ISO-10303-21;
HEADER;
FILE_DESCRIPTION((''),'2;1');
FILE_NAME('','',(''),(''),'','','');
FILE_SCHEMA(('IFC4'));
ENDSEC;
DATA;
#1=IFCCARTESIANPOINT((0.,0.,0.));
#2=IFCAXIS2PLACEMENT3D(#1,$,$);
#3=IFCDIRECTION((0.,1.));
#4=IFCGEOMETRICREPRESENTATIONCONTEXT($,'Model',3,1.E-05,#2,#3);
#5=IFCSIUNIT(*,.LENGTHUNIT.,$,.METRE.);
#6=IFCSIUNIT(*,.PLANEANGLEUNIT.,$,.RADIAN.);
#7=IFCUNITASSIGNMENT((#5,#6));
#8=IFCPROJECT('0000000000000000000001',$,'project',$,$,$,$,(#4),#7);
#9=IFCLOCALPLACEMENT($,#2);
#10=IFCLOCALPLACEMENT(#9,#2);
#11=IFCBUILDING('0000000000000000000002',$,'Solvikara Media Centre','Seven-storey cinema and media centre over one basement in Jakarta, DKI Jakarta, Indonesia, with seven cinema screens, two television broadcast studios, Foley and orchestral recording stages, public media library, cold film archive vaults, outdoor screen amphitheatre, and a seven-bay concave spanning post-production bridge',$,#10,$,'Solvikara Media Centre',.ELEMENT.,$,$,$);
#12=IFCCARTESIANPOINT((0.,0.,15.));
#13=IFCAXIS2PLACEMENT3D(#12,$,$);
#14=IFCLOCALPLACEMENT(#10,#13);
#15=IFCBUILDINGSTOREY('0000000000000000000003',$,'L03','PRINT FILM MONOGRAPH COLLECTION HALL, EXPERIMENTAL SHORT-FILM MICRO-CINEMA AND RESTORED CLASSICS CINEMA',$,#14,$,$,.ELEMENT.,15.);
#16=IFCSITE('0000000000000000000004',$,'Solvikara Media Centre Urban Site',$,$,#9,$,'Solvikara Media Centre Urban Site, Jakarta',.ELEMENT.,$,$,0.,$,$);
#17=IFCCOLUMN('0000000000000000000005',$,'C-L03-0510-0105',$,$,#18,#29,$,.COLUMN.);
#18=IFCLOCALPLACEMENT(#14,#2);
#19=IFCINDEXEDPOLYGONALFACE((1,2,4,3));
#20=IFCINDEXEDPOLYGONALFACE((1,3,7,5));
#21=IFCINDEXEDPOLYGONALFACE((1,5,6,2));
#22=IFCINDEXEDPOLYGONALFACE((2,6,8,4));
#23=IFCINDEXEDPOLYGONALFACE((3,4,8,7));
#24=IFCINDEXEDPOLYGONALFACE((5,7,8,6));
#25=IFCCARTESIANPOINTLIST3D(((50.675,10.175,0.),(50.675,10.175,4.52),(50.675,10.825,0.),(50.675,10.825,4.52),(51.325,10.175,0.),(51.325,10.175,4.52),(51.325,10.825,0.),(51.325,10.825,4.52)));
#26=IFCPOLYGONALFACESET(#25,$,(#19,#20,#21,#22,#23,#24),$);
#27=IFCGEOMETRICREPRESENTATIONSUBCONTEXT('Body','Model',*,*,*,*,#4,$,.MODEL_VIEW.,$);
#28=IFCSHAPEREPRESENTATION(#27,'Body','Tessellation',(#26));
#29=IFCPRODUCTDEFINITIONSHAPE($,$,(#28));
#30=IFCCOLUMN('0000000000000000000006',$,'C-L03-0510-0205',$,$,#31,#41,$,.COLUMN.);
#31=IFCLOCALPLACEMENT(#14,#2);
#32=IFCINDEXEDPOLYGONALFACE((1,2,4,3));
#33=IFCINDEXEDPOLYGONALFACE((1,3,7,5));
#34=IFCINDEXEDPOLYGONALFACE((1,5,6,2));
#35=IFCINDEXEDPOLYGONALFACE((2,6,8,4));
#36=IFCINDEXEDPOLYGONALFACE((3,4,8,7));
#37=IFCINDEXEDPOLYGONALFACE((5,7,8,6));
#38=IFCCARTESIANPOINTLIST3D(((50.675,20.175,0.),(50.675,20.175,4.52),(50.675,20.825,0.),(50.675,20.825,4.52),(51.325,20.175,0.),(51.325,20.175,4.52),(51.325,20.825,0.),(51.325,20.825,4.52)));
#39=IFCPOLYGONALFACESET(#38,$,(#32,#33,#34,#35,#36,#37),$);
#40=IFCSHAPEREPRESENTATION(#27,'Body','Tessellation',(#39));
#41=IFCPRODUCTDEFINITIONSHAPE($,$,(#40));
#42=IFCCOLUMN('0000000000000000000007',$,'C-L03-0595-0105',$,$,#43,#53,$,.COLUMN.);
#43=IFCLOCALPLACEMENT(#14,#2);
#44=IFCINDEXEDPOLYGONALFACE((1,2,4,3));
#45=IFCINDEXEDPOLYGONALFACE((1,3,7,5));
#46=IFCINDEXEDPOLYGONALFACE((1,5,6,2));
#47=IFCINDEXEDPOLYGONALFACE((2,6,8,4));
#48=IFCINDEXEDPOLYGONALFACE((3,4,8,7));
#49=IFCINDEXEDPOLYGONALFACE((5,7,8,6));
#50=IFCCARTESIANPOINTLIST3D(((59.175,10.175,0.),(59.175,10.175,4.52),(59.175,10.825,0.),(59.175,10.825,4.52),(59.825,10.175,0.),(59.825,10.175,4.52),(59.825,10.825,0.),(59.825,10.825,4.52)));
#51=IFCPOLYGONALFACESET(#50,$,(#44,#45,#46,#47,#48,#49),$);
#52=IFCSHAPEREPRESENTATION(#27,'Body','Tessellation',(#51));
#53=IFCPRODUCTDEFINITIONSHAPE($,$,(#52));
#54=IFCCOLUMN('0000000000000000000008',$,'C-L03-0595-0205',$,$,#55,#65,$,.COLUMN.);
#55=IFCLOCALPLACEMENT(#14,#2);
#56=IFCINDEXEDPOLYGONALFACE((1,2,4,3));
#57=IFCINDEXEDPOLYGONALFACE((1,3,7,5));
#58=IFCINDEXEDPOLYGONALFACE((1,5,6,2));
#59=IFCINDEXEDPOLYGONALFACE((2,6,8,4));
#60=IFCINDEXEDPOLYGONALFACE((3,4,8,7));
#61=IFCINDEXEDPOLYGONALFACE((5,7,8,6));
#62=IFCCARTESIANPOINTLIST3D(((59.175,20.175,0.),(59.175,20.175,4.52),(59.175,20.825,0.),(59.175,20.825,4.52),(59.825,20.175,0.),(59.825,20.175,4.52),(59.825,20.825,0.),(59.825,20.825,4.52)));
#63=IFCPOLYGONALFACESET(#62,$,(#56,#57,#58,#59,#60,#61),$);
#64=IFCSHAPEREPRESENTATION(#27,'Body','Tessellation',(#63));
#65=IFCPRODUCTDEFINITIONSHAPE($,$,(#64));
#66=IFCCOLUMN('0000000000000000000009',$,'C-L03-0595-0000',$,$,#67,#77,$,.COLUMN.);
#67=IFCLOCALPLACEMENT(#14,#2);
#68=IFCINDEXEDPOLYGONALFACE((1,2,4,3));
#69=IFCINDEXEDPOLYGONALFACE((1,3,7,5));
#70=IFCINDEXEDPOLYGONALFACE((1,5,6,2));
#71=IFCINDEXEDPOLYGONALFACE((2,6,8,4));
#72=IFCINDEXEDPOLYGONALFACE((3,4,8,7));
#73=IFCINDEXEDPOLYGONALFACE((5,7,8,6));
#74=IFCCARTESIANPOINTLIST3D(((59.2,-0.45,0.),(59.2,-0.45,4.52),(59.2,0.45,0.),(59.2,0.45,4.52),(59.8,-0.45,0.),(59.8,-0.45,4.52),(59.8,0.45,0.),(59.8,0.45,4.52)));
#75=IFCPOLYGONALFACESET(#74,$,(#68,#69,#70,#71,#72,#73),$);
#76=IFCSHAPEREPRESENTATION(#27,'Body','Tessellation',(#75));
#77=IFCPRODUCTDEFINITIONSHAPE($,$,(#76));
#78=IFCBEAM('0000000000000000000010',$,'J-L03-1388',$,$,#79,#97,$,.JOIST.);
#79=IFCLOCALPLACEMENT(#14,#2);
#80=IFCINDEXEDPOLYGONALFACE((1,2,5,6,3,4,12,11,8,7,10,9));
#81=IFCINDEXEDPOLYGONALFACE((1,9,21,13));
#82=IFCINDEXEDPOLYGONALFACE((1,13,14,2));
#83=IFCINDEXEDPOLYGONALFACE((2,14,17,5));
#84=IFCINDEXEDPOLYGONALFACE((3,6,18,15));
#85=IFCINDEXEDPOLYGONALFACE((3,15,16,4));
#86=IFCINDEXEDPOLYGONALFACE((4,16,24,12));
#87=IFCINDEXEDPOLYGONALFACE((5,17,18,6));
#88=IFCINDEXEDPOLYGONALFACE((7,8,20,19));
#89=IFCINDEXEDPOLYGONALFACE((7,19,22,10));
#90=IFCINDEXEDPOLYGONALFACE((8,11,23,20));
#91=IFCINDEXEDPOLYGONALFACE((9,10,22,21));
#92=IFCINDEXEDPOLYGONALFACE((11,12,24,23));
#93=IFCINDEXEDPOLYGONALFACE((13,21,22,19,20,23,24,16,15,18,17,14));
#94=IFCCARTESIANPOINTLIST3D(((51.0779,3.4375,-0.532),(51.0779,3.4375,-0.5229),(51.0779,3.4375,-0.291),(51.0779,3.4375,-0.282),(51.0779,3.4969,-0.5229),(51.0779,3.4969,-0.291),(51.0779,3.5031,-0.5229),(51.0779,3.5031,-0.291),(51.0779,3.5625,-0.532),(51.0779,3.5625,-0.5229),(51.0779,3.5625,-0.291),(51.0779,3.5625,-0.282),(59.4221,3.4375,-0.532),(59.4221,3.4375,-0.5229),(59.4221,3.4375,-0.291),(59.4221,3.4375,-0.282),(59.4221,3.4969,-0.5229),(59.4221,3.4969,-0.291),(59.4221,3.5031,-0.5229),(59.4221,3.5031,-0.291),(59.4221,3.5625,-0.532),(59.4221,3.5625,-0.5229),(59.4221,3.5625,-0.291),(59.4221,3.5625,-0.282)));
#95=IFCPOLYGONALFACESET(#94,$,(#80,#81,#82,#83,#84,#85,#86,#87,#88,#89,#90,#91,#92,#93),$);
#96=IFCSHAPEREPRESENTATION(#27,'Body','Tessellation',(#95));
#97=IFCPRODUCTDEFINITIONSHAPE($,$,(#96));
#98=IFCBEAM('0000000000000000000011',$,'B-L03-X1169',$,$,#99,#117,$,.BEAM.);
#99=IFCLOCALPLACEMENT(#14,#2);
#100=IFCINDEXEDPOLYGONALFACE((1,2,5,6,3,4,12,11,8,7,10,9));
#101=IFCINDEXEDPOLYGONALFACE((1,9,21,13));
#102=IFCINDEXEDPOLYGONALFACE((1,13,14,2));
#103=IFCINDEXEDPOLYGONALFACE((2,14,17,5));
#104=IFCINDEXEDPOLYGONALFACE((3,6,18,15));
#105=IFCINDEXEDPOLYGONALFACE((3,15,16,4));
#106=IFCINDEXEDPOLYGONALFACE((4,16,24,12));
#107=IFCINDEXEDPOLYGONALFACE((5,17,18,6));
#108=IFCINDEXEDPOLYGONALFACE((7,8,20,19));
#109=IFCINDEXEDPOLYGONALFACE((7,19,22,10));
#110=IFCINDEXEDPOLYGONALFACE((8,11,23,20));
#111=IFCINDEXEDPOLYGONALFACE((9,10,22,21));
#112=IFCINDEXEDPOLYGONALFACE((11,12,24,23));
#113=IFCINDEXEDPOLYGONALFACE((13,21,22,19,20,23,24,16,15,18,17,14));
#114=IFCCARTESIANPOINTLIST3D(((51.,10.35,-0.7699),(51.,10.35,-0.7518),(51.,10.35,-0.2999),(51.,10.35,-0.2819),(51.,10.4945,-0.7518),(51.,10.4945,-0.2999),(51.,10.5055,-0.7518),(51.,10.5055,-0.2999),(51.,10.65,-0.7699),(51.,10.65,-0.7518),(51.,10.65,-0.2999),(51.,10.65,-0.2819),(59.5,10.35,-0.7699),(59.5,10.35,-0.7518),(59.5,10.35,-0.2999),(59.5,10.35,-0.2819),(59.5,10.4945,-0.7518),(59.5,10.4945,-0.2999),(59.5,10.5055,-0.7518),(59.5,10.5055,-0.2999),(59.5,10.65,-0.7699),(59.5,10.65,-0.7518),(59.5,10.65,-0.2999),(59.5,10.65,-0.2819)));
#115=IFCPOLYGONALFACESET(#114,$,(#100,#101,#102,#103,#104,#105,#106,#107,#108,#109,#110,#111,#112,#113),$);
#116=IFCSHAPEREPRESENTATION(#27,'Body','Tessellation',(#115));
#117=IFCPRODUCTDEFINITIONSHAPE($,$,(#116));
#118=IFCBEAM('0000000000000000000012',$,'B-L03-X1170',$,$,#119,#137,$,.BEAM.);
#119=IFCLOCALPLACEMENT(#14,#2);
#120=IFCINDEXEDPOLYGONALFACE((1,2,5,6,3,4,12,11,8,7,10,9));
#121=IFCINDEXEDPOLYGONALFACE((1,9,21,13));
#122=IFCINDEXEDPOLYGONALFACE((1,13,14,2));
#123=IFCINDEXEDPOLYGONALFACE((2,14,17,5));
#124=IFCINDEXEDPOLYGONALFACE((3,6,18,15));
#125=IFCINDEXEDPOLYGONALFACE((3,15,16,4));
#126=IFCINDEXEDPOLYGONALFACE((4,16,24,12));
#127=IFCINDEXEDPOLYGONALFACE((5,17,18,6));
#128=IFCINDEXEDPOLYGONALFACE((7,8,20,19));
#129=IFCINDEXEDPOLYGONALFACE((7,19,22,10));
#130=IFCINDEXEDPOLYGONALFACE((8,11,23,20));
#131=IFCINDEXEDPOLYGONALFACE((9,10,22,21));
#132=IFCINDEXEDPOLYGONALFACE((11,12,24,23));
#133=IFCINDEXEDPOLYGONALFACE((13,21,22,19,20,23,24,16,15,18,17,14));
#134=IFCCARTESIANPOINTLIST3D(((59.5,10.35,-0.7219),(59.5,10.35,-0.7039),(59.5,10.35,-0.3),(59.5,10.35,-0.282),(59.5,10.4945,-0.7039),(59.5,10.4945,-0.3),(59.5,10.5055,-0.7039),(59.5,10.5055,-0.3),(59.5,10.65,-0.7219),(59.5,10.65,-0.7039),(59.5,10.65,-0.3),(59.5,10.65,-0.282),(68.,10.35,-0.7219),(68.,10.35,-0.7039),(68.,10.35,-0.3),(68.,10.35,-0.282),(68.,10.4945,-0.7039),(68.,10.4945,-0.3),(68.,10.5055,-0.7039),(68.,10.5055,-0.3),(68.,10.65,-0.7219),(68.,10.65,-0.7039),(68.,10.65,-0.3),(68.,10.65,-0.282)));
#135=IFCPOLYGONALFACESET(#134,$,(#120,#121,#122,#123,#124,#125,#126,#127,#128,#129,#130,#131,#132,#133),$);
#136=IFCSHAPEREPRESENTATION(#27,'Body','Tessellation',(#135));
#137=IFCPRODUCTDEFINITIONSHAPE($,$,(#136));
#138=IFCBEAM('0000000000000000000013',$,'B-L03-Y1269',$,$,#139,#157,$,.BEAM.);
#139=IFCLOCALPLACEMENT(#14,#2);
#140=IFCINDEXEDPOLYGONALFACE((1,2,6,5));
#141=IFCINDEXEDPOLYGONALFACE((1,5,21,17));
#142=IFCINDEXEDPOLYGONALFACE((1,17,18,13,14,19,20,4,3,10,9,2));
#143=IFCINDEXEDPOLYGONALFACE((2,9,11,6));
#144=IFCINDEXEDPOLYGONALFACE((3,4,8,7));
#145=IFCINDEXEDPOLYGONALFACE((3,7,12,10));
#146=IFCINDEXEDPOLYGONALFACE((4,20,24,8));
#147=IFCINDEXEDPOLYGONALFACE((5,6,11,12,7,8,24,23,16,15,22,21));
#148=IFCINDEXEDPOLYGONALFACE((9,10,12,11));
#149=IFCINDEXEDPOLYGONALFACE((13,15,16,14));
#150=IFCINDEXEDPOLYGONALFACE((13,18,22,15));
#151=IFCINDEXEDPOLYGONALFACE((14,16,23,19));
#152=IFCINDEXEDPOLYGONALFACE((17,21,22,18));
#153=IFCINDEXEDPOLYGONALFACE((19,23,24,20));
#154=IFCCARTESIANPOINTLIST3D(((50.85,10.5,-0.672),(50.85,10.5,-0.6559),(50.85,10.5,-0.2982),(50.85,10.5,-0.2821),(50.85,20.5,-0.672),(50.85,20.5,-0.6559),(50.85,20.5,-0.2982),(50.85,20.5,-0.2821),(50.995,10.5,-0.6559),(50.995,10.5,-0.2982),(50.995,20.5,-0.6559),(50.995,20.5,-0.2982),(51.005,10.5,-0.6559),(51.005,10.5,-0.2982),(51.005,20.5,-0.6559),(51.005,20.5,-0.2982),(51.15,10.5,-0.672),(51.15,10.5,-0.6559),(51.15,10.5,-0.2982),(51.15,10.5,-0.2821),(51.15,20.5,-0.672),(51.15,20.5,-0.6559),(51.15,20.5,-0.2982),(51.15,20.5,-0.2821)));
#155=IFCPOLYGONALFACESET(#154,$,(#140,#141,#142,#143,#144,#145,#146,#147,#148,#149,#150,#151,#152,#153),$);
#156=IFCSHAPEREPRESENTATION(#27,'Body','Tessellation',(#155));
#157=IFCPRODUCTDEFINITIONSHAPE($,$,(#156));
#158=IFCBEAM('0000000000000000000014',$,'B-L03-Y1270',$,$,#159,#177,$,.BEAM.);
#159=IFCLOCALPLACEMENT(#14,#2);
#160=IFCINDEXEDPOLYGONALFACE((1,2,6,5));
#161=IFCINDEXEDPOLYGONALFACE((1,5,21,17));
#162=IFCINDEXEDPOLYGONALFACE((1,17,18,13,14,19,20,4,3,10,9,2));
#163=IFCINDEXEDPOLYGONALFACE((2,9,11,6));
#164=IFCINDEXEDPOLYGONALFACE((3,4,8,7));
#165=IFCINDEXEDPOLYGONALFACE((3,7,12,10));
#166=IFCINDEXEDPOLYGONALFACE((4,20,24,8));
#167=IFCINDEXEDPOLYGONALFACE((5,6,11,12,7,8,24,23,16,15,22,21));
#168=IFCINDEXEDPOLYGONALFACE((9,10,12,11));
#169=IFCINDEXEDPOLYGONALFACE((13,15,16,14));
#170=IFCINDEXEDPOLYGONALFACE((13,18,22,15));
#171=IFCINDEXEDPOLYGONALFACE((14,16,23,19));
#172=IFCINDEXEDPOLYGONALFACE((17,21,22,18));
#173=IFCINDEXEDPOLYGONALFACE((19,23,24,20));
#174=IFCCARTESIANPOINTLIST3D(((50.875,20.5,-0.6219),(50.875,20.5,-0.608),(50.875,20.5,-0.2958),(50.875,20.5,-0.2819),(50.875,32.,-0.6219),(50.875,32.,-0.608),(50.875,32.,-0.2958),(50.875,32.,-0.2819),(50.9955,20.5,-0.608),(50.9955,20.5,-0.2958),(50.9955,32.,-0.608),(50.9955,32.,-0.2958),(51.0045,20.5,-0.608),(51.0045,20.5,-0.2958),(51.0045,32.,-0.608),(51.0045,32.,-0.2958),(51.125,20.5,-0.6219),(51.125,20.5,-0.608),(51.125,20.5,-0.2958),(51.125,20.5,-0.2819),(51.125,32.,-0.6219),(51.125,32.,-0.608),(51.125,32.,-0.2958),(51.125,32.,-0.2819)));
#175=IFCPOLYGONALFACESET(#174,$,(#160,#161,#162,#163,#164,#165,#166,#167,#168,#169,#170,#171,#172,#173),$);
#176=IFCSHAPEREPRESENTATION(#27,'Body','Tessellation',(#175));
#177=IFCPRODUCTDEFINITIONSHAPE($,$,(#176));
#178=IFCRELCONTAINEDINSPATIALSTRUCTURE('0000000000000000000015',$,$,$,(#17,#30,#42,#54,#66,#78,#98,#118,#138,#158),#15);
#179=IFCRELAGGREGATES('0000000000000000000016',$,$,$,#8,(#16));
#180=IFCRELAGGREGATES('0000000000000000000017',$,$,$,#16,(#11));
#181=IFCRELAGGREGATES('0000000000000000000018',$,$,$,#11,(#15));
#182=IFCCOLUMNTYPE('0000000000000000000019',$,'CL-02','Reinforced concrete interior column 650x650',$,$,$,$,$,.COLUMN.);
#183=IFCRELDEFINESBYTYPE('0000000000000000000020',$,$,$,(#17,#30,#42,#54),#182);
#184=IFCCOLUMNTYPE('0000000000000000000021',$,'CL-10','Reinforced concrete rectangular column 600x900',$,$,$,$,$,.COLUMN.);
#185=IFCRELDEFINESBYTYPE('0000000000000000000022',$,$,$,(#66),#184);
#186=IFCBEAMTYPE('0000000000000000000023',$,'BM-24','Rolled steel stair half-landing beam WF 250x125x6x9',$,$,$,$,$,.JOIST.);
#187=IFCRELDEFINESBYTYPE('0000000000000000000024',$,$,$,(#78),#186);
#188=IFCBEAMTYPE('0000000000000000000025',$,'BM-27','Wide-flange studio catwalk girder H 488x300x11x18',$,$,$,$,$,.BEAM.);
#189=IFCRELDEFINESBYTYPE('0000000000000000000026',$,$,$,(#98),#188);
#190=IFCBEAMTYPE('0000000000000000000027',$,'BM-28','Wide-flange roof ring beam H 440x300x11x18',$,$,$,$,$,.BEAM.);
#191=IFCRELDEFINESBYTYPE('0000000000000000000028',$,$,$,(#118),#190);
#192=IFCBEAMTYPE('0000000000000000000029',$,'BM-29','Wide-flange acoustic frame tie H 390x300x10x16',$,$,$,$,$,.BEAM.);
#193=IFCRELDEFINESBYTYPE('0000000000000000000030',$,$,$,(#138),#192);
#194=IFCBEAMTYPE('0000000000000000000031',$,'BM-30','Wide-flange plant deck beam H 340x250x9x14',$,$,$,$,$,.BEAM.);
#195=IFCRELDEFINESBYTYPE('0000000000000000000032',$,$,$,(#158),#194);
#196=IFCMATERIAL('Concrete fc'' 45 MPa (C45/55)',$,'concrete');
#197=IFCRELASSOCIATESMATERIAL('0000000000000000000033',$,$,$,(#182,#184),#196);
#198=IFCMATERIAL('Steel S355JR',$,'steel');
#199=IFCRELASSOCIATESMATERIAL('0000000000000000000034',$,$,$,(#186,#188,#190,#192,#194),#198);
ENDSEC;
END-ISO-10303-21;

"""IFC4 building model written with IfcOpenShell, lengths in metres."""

from ifc_helpers import new_model, si_unit, direction, frame, origin, origin_2d, place, context, subcontext, project, spatial, rectangle, i_section, extrude, material, material_profile, profile_set, type_object, element, save


model = new_model("IFC4")

# Units and contexts
model_context = context("Model", 3, precision=1e-05, world=origin(), true_north=direction((0.0, 1.0)))
body_context = subcontext(model_context, "Body", "Model", "MODEL_VIEW")
ifc_project = project(units=[si_unit("LENGTHUNIT", "METRE"), si_unit("PLANEANGLEUNIT", "RADIAN")], contexts=[model_context])

# Site, building, storey
site_placement = place(None, origin())
site = spatial("IfcSite", under=ifc_project, at=site_placement, Name="Solvikara Media Centre Urban Site", LongName="Solvikara Media Centre Urban Site, Jakarta", CompositionType="ELEMENT", RefElevation=0.0)
building_placement = place(site_placement, origin())
building = spatial("IfcBuilding", under=site, at=building_placement, Name="Solvikara Media Centre", Description="Seven-storey cinema and media centre over one basement in Jakarta, DKI Jakarta, Indonesia, with seven cinema screens, two television broadcast studios, Foley and orchestral recording stages, public media library, cold film archive vaults, outdoor screen amphitheatre, and a seven-bay concave spanning post-production bridge", LongName="Solvikara Media Centre", CompositionType="ELEMENT")
storey_placement = place(building_placement, frame((0.0, 0.0, 15.0)))
storey = spatial("IfcBuildingStorey", under=building, at=storey_placement, Name="L03", Description="PRINT FILM MONOGRAPH COLLECTION HALL, EXPERIMENTAL SHORT-FILM MICRO-CINEMA AND RESTORED CLASSICS CINEMA", CompositionType="ELEMENT", Elevation=15.0)

# Columns
ifc_material_1 = material(Name="Concrete fc' 45 MPa (C45/55)", Category="concrete")
ifc_material_profile_1 = material_profile(ifc_material_1, rectangle(XDim=0.6499, YDim=0.6499, at=origin_2d()), Name="RC 650x650")
ifc_profile_set_1 = profile_set([ifc_material_profile_1], Name="Concrete fc' 45 MPa (C45/55)")
column_type_1 = type_object("IfcColumnType", Name="CL-02", Description="Reinforced concrete interior column 650x650", PredefinedType="COLUMN", material=ifc_profile_set_1)
for number, where, z_axis, x_axis, name in (
    (1, (51.0, 10.5, 0.0), (0.0, 0.0, 1.0), (1.0, 0.0, 0.0), "C-L03-0510-0105"),
    (2, (51.0, 20.5, 0.0), (0.0, 0.0, 1.0), (1.0, 0.0, 0.0), "C-L03-0510-0205"),
    (3, (59.5, 10.5, 0.0), (0.0, 0.0, 1.0), (1.0, 0.0, 0.0), "C-L03-0595-0105"),
    (4, (59.5, 20.5, 0.0), (0.0, 0.0, 1.0), (1.0, 0.0, 0.0), "C-L03-0595-0205"),
):
    element("IfcColumn", number, at=place(storey_placement, frame(where, z_axis=z_axis, x_axis=x_axis)), inside=storey, type_object=column_type_1, Name=name, PredefinedType="COLUMN", context=body_context, shape_type="SweptSolid", body=[
        extrude(rectangle(XDim=0.6499, YDim=0.6499, at=origin_2d()), origin(), (0.0, 0.0, 1.0), 4.52),
    ])
ifc_material_profile_2 = material_profile(ifc_material_1, rectangle(XDim=0.6001, YDim=0.8999, at=origin_2d()), Name="RC 600x900")
ifc_profile_set_2 = profile_set([ifc_material_profile_2], Name="Concrete fc' 45 MPa (C45/55)")
column_type_2 = type_object("IfcColumnType", Name="CL-10", Description="Reinforced concrete rectangular column 600x900", PredefinedType="COLUMN", material=ifc_profile_set_2)
column_placement = place(storey_placement, frame((59.5, 0.0, 0.0), z_axis=(0.0, 0.0, 1.0), x_axis=(1.0, 0.0, 0.0)))
element("IfcColumn", 5, at=column_placement, inside=storey, type_object=column_type_2, Name="C-L03-0595-0000", PredefinedType="COLUMN", context=body_context, shape_type="SweptSolid", body=[
    extrude(rectangle(XDim=0.6001, YDim=0.8999, at=origin_2d()), origin(), (0.0, 0.0, 1.0), 4.52),
])

# Beams
ifc_material_2 = material(Name="Steel S355JR", Category="steel")
ifc_material_profile_3 = material_profile(ifc_material_2, i_section(OverallWidth=0.125, OverallDepth=0.25, WebThickness=0.0061, FlangeThickness=0.009, at=origin_2d()), Name="WF 250x125x6x9")
ifc_profile_set_3 = profile_set([ifc_material_profile_3], Name="Steel S355JR")
beam_type_1 = type_object("IfcBeamType", Name="BM-24", Description="Rolled steel stair half-landing beam WF 250x125x6x9", PredefinedType="JOIST", material=ifc_profile_set_3)
beam_1_placement = place(storey_placement, frame((51.0779, 3.5, -0.407), z_axis=(1.0, 0.0, 0.0), x_axis=(0.0, 1.0, 0.0)))
element("IfcBeam", 6, at=beam_1_placement, inside=storey, type_object=beam_type_1, Name="J-L03-1388", PredefinedType="JOIST", context=body_context, shape_type="SweptSolid", body=[
    extrude(i_section(OverallWidth=0.125, OverallDepth=0.25, WebThickness=0.0061, FlangeThickness=0.009, at=origin_2d()), origin(), (0.0, 0.0, 1.0), 8.3442),
])
ifc_material_profile_4 = material_profile(ifc_material_2, i_section(OverallWidth=0.3, OverallDepth=0.488, WebThickness=0.011, FlangeThickness=0.0181, at=origin_2d()), Name="H 488x300x11x18")
ifc_profile_set_4 = profile_set([ifc_material_profile_4], Name="Steel S355JR")
beam_type_2 = type_object("IfcBeamType", Name="BM-27", Description="Wide-flange studio catwalk girder H 488x300x11x18", PredefinedType="BEAM", material=ifc_profile_set_4)
beam_2_placement = place(storey_placement, frame((51.0, 10.5, -0.5259), z_axis=(1.0, 0.0, 0.0), x_axis=(0.0, 1.0, 0.0)))
element("IfcBeam", 7, at=beam_2_placement, inside=storey, type_object=beam_type_2, Name="B-L03-X1169", PredefinedType="BEAM", context=body_context, shape_type="SweptSolid", body=[
    extrude(i_section(OverallWidth=0.3, OverallDepth=0.488, WebThickness=0.011, FlangeThickness=0.0181, at=origin_2d()), origin(), (0.0, 0.0, 1.0), 8.5),
])
ifc_material_profile_5 = material_profile(ifc_material_2, i_section(OverallWidth=0.3, OverallDepth=0.4399, WebThickness=0.011, FlangeThickness=0.0181, at=origin_2d()), Name="H 440x300x11x18")
ifc_profile_set_5 = profile_set([ifc_material_profile_5], Name="Steel S355JR")
beam_type_3 = type_object("IfcBeamType", Name="BM-28", Description="Wide-flange roof ring beam H 440x300x11x18", PredefinedType="BEAM", material=ifc_profile_set_5)
beam_3_placement = place(storey_placement, frame((59.5, 10.5, -0.502), z_axis=(1.0, 0.0, 0.0), x_axis=(0.0, 1.0, 0.0)))
element("IfcBeam", 8, at=beam_3_placement, inside=storey, type_object=beam_type_3, Name="B-L03-X1170", PredefinedType="BEAM", context=body_context, shape_type="SweptSolid", body=[
    extrude(i_section(OverallWidth=0.3, OverallDepth=0.4399, WebThickness=0.011, FlangeThickness=0.0181, at=origin_2d()), origin(), (0.0, 0.0, 1.0), 8.5),
])
ifc_material_profile_6 = material_profile(ifc_material_2, i_section(OverallWidth=0.3, OverallDepth=0.3899, WebThickness=0.01, FlangeThickness=0.0161, at=origin_2d()), Name="H 390x300x10x16")
ifc_profile_set_6 = profile_set([ifc_material_profile_6], Name="Steel S355JR")
beam_type_4 = type_object("IfcBeamType", Name="BM-29", Description="Wide-flange acoustic frame tie H 390x300x10x16", PredefinedType="BEAM", material=ifc_profile_set_6)
beam_4_placement = place(storey_placement, frame((51.0, 10.5, -0.4771), z_axis=(0.0, 1.0, 0.0), x_axis=(-1.0, 0.0, 0.0)))
element("IfcBeam", 9, at=beam_4_placement, inside=storey, type_object=beam_type_4, Name="B-L03-Y1269", PredefinedType="BEAM", context=body_context, shape_type="SweptSolid", body=[
    extrude(i_section(OverallWidth=0.3, OverallDepth=0.3899, WebThickness=0.01, FlangeThickness=0.0161, at=origin_2d()), origin(), (0.0, 0.0, 1.0), 10.0),
])
ifc_material_profile_7 = material_profile(ifc_material_2, i_section(OverallWidth=0.25, OverallDepth=0.3401, WebThickness=0.009, FlangeThickness=0.0139, at=origin_2d()), Name="H 340x250x9x14")
ifc_profile_set_7 = profile_set([ifc_material_profile_7], Name="Steel S355JR")
beam_type_5 = type_object("IfcBeamType", Name="BM-30", Description="Wide-flange plant deck beam H 340x250x9x14", PredefinedType="BEAM", material=ifc_profile_set_7)
beam_5_placement = place(storey_placement, frame((51.0, 20.5, -0.4519), z_axis=(0.0, 1.0, 0.0), x_axis=(-1.0, 0.0, 0.0)))
element("IfcBeam", 10, at=beam_5_placement, inside=storey, type_object=beam_type_5, Name="B-L03-Y1270", PredefinedType="BEAM", context=body_context, shape_type="SweptSolid", body=[
    extrude(i_section(OverallWidth=0.25, OverallDepth=0.3401, WebThickness=0.009, FlangeThickness=0.0139, at=origin_2d()), origin(), (0.0, 0.0, 1.0), 11.5),
])

save(model, "model.ifc")
